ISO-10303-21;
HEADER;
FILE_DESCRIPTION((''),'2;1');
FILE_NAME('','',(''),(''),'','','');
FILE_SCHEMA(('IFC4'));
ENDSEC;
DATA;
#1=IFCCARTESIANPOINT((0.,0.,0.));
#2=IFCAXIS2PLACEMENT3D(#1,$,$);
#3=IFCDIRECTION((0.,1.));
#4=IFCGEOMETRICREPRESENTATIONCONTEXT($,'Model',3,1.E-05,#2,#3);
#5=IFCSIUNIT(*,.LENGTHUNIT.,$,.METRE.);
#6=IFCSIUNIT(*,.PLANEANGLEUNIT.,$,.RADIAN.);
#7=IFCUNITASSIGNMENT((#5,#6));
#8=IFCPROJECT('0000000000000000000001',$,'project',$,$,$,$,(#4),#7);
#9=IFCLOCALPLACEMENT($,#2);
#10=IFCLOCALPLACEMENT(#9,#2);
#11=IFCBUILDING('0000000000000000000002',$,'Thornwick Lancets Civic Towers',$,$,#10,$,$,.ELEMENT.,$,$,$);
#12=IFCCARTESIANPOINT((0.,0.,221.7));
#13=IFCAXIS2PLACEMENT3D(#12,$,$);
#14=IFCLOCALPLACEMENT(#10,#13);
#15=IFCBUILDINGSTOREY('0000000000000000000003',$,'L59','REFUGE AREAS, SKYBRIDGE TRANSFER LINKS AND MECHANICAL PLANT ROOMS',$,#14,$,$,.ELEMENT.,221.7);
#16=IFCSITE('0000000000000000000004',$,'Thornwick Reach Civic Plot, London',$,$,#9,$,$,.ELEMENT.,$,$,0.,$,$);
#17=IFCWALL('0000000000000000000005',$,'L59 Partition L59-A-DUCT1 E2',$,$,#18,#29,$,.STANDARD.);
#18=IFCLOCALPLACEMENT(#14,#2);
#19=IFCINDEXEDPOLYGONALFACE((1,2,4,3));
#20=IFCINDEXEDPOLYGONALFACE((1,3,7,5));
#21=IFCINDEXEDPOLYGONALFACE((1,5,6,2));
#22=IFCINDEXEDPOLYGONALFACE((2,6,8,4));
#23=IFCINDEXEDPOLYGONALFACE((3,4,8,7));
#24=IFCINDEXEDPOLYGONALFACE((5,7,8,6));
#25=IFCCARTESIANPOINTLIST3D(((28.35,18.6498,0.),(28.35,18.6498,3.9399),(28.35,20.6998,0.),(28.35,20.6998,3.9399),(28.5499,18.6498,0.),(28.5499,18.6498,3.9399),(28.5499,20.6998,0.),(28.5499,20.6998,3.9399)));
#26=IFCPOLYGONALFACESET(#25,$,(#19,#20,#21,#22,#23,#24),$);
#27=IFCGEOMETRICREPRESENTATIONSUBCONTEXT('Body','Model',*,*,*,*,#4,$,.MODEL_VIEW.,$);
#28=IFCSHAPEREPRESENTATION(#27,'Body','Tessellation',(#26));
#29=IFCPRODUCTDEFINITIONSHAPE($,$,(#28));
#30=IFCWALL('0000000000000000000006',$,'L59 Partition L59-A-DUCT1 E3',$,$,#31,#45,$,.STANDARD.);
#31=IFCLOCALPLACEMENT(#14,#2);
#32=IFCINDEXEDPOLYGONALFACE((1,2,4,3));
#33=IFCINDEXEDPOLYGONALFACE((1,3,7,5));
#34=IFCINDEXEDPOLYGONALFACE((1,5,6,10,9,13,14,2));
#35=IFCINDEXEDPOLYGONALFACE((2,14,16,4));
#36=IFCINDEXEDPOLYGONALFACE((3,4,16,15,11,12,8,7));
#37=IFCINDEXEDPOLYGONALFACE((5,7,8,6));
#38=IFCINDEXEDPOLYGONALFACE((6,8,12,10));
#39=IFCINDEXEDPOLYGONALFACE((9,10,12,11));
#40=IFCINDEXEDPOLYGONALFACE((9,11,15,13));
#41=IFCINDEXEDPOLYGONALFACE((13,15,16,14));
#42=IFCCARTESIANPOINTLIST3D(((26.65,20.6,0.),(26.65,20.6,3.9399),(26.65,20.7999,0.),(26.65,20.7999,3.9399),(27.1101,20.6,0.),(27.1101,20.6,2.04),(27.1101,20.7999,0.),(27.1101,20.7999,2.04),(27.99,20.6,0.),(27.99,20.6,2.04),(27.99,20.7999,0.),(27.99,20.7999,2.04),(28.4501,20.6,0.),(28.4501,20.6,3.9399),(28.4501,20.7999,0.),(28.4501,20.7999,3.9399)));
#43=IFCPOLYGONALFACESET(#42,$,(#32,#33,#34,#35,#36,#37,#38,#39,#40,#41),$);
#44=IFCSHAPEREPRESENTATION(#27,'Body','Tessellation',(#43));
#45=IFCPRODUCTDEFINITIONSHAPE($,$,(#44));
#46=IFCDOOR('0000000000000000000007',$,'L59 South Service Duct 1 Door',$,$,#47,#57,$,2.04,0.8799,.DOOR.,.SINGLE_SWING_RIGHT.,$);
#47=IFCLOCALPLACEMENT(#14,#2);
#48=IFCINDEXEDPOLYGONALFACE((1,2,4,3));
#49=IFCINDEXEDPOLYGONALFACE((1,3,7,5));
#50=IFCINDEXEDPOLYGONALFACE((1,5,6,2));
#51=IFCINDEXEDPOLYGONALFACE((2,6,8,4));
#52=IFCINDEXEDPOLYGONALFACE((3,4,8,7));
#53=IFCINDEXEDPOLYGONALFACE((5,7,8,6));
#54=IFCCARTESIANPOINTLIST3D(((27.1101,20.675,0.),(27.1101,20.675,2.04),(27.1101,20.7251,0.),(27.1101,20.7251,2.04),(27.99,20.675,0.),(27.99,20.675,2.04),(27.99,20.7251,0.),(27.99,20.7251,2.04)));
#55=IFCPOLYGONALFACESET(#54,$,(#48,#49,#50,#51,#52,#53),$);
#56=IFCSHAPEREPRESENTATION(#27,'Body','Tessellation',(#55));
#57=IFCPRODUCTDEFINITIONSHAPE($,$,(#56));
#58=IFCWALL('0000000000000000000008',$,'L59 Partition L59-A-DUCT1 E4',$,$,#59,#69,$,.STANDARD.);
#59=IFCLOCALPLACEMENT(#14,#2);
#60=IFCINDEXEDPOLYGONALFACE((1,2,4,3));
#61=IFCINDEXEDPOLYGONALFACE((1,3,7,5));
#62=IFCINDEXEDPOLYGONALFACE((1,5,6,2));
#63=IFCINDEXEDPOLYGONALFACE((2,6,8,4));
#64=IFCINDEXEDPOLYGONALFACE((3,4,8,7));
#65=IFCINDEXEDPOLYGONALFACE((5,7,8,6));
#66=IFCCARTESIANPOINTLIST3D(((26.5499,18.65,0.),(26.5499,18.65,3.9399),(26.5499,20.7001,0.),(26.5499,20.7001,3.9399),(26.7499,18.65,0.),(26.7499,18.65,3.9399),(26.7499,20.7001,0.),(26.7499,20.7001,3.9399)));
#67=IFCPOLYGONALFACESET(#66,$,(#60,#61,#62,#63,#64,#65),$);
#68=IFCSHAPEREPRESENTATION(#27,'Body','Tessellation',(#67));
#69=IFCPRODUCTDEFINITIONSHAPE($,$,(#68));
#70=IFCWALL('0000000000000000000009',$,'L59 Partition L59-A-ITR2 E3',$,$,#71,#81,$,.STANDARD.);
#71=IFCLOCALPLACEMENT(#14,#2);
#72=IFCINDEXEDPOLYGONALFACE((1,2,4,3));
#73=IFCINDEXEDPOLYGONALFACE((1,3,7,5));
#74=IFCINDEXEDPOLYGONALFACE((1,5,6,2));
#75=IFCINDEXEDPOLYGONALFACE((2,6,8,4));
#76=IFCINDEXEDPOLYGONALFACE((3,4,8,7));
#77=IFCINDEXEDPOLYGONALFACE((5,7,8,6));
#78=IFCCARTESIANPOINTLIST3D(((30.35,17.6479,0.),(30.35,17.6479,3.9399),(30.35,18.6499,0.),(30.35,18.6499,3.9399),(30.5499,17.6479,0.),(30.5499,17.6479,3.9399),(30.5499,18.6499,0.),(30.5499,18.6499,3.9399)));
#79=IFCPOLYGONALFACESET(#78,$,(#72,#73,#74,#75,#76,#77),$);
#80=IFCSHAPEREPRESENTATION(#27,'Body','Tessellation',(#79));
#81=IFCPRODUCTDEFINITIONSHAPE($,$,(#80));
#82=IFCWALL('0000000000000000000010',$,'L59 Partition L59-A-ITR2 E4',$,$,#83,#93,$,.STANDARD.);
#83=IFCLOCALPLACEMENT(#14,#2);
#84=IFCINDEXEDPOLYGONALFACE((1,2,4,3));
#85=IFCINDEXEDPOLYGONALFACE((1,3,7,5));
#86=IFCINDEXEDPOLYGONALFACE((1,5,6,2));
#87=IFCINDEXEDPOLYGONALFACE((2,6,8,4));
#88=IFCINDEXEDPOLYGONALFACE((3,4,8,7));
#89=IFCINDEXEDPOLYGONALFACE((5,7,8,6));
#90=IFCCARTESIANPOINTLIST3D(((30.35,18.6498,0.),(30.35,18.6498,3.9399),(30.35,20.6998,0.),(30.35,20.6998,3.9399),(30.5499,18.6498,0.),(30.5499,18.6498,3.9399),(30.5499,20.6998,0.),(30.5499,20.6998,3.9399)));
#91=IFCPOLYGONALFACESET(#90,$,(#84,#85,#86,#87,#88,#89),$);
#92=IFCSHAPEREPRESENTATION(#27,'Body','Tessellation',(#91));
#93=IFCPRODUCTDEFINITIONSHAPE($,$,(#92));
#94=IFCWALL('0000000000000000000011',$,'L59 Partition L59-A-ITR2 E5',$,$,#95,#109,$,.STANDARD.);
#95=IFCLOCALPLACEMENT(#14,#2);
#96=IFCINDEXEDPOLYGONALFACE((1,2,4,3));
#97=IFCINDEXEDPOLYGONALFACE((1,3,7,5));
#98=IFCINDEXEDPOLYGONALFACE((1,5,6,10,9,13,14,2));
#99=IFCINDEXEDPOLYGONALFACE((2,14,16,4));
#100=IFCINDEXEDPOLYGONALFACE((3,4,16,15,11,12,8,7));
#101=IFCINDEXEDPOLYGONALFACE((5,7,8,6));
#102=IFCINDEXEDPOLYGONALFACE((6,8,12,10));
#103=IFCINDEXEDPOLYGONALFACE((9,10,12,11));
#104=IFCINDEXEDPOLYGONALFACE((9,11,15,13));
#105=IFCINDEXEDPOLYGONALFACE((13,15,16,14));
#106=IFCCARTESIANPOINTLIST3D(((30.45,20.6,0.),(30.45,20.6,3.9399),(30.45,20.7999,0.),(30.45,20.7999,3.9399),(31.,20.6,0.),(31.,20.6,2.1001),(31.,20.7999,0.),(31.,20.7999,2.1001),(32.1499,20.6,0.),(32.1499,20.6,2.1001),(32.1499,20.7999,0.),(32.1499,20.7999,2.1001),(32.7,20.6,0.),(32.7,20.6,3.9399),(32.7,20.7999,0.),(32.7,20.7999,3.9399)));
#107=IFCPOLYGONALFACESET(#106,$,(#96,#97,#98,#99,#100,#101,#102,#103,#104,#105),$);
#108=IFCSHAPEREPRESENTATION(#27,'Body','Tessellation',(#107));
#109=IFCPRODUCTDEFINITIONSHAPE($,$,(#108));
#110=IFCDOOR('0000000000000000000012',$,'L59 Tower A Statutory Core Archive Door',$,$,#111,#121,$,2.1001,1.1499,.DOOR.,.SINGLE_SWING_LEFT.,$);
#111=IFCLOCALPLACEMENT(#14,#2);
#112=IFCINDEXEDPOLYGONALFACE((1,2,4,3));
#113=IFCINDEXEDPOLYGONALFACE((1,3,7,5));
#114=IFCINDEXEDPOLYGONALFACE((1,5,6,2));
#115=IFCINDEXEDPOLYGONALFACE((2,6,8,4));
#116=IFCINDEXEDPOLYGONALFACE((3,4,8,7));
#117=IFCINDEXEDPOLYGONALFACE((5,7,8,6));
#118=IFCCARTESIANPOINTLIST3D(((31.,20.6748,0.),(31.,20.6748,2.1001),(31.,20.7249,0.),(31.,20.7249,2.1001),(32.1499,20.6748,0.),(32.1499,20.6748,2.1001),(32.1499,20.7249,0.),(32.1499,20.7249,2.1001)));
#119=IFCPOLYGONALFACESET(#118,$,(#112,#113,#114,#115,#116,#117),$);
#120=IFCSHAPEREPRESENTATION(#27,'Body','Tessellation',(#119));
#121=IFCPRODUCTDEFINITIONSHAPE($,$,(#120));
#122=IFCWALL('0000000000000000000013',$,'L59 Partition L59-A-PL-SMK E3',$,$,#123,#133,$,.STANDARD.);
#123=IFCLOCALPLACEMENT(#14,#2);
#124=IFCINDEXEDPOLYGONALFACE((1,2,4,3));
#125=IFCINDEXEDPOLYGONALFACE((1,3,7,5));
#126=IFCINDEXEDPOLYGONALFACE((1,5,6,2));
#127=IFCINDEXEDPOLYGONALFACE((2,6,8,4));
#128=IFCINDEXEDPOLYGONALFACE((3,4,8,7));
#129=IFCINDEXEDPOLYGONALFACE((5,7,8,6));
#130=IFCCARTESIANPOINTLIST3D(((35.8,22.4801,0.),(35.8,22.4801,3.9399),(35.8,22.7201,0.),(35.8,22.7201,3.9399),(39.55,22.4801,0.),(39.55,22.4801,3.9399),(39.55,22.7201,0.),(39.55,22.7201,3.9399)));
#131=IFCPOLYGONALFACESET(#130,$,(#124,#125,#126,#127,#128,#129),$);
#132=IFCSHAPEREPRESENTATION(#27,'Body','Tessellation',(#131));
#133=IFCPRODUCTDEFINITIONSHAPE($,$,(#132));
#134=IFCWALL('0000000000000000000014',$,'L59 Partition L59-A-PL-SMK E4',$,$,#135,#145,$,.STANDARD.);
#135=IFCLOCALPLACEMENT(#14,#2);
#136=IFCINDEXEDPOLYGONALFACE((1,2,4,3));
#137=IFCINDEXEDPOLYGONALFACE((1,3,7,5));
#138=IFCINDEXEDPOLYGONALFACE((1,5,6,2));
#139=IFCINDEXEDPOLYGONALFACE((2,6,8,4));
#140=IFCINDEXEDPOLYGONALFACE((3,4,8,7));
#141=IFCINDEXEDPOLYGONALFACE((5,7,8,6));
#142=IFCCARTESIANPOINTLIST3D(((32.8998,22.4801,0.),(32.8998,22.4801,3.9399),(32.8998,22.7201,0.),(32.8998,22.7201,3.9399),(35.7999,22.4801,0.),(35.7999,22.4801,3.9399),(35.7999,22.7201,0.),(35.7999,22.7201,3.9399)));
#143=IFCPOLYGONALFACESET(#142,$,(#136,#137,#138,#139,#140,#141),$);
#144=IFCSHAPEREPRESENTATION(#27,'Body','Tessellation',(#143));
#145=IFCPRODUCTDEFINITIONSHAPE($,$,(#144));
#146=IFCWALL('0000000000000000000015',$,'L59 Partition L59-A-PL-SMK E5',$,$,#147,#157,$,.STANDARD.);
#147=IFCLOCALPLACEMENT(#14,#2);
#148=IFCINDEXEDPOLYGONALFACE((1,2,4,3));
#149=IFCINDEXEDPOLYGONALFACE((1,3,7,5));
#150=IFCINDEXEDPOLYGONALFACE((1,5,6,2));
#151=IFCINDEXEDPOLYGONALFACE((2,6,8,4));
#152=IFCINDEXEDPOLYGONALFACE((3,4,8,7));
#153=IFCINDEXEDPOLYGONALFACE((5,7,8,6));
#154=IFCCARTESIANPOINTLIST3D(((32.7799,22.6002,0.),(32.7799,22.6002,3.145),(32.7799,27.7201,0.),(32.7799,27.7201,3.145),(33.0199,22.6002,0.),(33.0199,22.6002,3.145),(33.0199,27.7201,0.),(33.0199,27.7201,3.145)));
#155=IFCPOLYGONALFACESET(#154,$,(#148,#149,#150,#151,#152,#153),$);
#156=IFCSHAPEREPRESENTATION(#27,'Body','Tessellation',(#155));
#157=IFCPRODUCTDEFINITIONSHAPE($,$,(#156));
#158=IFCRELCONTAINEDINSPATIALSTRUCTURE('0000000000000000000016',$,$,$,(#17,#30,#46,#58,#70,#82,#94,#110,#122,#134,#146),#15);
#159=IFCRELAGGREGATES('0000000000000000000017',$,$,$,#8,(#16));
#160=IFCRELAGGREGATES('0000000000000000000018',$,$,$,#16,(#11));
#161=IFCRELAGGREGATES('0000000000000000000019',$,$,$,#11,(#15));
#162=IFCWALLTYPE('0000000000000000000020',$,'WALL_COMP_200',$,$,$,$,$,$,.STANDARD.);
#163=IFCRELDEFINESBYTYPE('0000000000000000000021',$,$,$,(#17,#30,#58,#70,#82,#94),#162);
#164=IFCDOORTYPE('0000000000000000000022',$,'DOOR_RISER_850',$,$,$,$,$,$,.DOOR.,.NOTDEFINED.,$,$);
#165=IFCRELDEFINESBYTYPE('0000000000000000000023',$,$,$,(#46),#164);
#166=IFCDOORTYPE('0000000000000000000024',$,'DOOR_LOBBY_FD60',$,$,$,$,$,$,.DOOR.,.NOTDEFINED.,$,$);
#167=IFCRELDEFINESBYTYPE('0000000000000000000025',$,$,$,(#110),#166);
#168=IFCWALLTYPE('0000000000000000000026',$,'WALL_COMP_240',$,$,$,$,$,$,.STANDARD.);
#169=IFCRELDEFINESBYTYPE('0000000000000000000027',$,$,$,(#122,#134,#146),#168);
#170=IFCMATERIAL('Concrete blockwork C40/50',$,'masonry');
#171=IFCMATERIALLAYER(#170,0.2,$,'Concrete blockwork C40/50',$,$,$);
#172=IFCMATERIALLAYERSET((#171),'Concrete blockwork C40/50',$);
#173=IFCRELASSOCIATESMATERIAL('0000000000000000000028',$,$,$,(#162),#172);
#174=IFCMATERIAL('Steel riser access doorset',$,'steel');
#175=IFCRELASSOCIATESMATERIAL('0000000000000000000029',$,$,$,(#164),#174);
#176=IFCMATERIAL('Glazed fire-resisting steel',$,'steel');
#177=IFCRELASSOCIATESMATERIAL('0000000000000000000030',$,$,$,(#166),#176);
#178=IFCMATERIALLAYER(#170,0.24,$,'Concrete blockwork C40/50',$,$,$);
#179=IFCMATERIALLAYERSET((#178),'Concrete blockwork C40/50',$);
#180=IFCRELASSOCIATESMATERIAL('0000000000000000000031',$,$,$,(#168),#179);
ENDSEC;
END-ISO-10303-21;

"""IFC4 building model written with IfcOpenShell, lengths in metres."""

from ifc_helpers import new_model, si_unit, direction, frame, frame_2d, origin, place, context, subcontext, project, spatial, rectangle, extrude, material, layer, layer_set, type_object, element, fill, save


model = new_model("IFC4")

# Units and contexts
model_context = context("Model", 3, precision=1e-05, world=origin(), true_north=direction((0.0, 1.0)))
body_context = subcontext(model_context, "Body", "Model", "MODEL_VIEW")
ifc_project = project(units=[si_unit("LENGTHUNIT", "METRE"), si_unit("PLANEANGLEUNIT", "RADIAN")], contexts=[model_context])

# Site, building, storey
site_placement = place(None, origin())
site = spatial("IfcSite", under=ifc_project, at=site_placement, Name="Thornwick Reach Civic Plot, London", CompositionType="ELEMENT", RefElevation=0.0)
building_placement = place(site_placement, origin())
building = spatial("IfcBuilding", under=site, at=building_placement, Name="Thornwick Lancets Civic Towers", CompositionType="ELEMENT")
storey_placement = place(building_placement, frame((0.0, 0.0, 221.7)))
storey = spatial("IfcBuildingStorey", under=building, at=storey_placement, Name="L59", Description="REFUGE AREAS, SKYBRIDGE TRANSFER LINKS AND MECHANICAL PLANT ROOMS", CompositionType="ELEMENT", Elevation=221.7)

# Wall
ifc_material_1 = material(Name="Concrete blockwork C40/50", Category="masonry")
ifc_layer_1 = layer(ifc_material_1, 0.2, Name="Concrete blockwork C40/50")
ifc_layer_set_1 = layer_set([ifc_layer_1], Name="Concrete blockwork C40/50")
wall_type_1 = type_object("IfcWallType", Name="WALL_COMP_200", PredefinedType="STANDARD", material=ifc_layer_set_1)
wall_1_placement = place(storey_placement, frame((28.45, 18.6499, 0.0), z_axis=(0.0, 0.0, 1.0), x_axis=(0.0, 1.0, 0.0)))
element("IfcWall", 1, at=wall_1_placement, inside=storey, type_object=wall_type_1, Name="L59 Partition L59-A-DUCT1 E2", PredefinedType="STANDARD", context=body_context, shape_type="SweptSolid", body=[
    extrude(rectangle(XDim=2.05, YDim=0.2, at=frame_2d((1.0249, 0.0))), origin(), (0.0, 0.0, 1.0), 3.9399),
])

# Wall, opening, door
wall_2_placement = place(storey_placement, frame((28.45, 20.7, 0.0), z_axis=(0.0, 0.0, 1.0), x_axis=(-1.0, 0.0, 0.0)))
wall_2 = element("IfcWall", 2, at=wall_2_placement, inside=storey, type_object=wall_type_1, Name="L59 Partition L59-A-DUCT1 E3", PredefinedType="STANDARD", context=body_context, shape_type="SweptSolid", body=[
    extrude(rectangle(XDim=1.8, YDim=0.2, at=frame_2d((0.8999, 0.0))), origin(), (0.0, 0.0, 1.0), 3.9399),
])
opening_1_placement = place(wall_2_placement, frame((0.46, 0.0, 0.0)))
opening_1 = element("IfcOpeningElement", 3, at=opening_1_placement, cuts=wall_2, PredefinedType="OPENING", context=body_context, shape_type="SweptSolid", body=[
    extrude(rectangle(XDim=0.8799, YDim=2.04, at=frame_2d((0.4399, 1.02))), frame((0.0, 0.1099, 0.0), z_axis=(0.0, -1.0, 0.0), x_axis=(1.0, 0.0, 0.0)), (0.0, 0.0, 1.0), 0.22),
])
ifc_material_2 = material(Name="Steel riser access doorset", Category="steel")
door_type_1 = type_object("IfcDoorType", Name="DOOR_RISER_850", OperationType="NOTDEFINED", PredefinedType="DOOR", material=ifc_material_2)
door_1_placement = place(opening_1_placement, origin())
door_1 = element("IfcDoor", 4, at=door_1_placement, inside=storey, type_object=door_type_1, Name="L59 South Service Duct 1 Door", OperationType="SINGLE_SWING_RIGHT", OverallHeight=2.04, OverallWidth=0.8799, PredefinedType="DOOR", context=body_context, shape_type="SweptSolid", body=[
    extrude(rectangle(XDim=0.8799, YDim=2.04, at=frame_2d((0.4399, 1.02))), frame((0.0, 0.0249, 0.0), z_axis=(0.0, -1.0, 0.0), x_axis=(1.0, 0.0, 0.0)), (0.0, 0.0, 1.0), 0.05),
])
fill(opening_1, door_1)

# Walls
wall_3_placement = place(storey_placement, frame((26.6499, 20.7, 0.0), z_axis=(0.0, 0.0, 1.0), x_axis=(0.0, -1.0, 0.0)))
element("IfcWall", 5, at=wall_3_placement, inside=storey, type_object=wall_type_1, Name="L59 Partition L59-A-DUCT1 E4", PredefinedType="STANDARD", context=body_context, shape_type="SweptSolid", body=[
    extrude(rectangle(XDim=2.05, YDim=0.2, at=frame_2d((1.0249, 0.0))), origin(), (0.0, 0.0, 1.0), 3.9399),
])
wall_4_placement = place(storey_placement, frame((30.45, 17.6479, 0.0), z_axis=(0.0, 0.0, 1.0), x_axis=(0.0, 1.0, 0.0)))
element("IfcWall", 6, at=wall_4_placement, inside=storey, type_object=wall_type_1, Name="L59 Partition L59-A-ITR2 E3", PredefinedType="STANDARD", context=body_context, shape_type="SweptSolid", body=[
    extrude(rectangle(XDim=1.002, YDim=0.2, at=frame_2d((0.501, 0.0))), origin(), (0.0, 0.0, 1.0), 3.9399),
])
wall_5_placement = place(storey_placement, frame((30.45, 18.6499, 0.0), z_axis=(0.0, 0.0, 1.0), x_axis=(0.0, 1.0, 0.0)))
element("IfcWall", 7, at=wall_5_placement, inside=storey, type_object=wall_type_1, Name="L59 Partition L59-A-ITR2 E4", PredefinedType="STANDARD", context=body_context, shape_type="SweptSolid", body=[
    extrude(rectangle(XDim=2.05, YDim=0.2, at=frame_2d((1.0249, 0.0))), origin(), (0.0, 0.0, 1.0), 3.9399),
])

# Wall, opening, door
wall_6_placement = place(storey_placement, frame((30.45, 20.7, 0.0), z_axis=(0.0, 0.0, 1.0), x_axis=(1.0, 0.0, 0.0)))
wall_6 = element("IfcWall", 8, at=wall_6_placement, inside=storey, type_object=wall_type_1, Name="L59 Partition L59-A-ITR2 E5", PredefinedType="STANDARD", context=body_context, shape_type="SweptSolid", body=[
    extrude(rectangle(XDim=2.25, YDim=0.2, at=frame_2d((1.125, 0.0))), origin(), (0.0, 0.0, 1.0), 3.9399),
])
opening_2_placement = place(wall_6_placement, frame((0.55, 0.0, 0.0)))
opening_2 = element("IfcOpeningElement", 9, at=opening_2_placement, cuts=wall_6, PredefinedType="OPENING", context=body_context, shape_type="SweptSolid", body=[
    extrude(rectangle(XDim=1.1499, YDim=2.1001, at=frame_2d((0.575, 1.05))), frame((0.0, 0.1099, 0.0), z_axis=(0.0, -1.0, 0.0), x_axis=(1.0, 0.0, 0.0)), (0.0, 0.0, 1.0), 0.22),
])
ifc_material_3 = material(Name="Glazed fire-resisting steel", Category="steel")
door_type_2 = type_object("IfcDoorType", Name="DOOR_LOBBY_FD60", OperationType="NOTDEFINED", PredefinedType="DOOR", material=ifc_material_3)
door_2_placement = place(opening_2_placement, origin())
door_2 = element("IfcDoor", 10, at=door_2_placement, inside=storey, type_object=door_type_2, Name="L59 Tower A Statutory Core Archive Door", OperationType="SINGLE_SWING_LEFT", OverallHeight=2.1001, OverallWidth=1.1499, PredefinedType="DOOR", context=body_context, shape_type="SweptSolid", body=[
    extrude(rectangle(XDim=1.1499, YDim=2.1001, at=frame_2d((0.575, 1.05))), frame((0.0, 0.0249, 0.0), z_axis=(0.0, -1.0, 0.0), x_axis=(1.0, 0.0, 0.0)), (0.0, 0.0, 1.0), 0.05),
])
fill(opening_2, door_2)

# Walls
ifc_layer_2 = layer(ifc_material_1, 0.24, Name="Concrete blockwork C40/50")
ifc_layer_set_2 = layer_set([ifc_layer_2], Name="Concrete blockwork C40/50")
wall_type_2 = type_object("IfcWallType", Name="WALL_COMP_240", PredefinedType="STANDARD", material=ifc_layer_set_2)
wall_7_placement = place(storey_placement, frame((39.55, 22.6001, 0.0), z_axis=(0.0, 0.0, 1.0), x_axis=(-1.0, 0.0, 0.0)))
element("IfcWall", 11, at=wall_7_placement, inside=storey, type_object=wall_type_2, Name="L59 Partition L59-A-PL-SMK E3", PredefinedType="STANDARD", context=body_context, shape_type="SweptSolid", body=[
    extrude(rectangle(XDim=3.75, YDim=0.24, at=frame_2d((1.875, 0.0))), origin(), (0.0, 0.0, 1.0), 3.9399),
])
wall_8_placement = place(storey_placement, frame((35.8, 22.6001, 0.0), z_axis=(0.0, 0.0, 1.0), x_axis=(-1.0, 0.0, 0.0)))
element("IfcWall", 12, at=wall_8_placement, inside=storey, type_object=wall_type_2, Name="L59 Partition L59-A-PL-SMK E4", PredefinedType="STANDARD", context=body_context, shape_type="SweptSolid", body=[
    extrude(rectangle(XDim=2.9001, YDim=0.24, at=frame_2d((1.4502, 0.0))), origin(), (0.0, 0.0, 1.0), 3.9399),
])
wall_9_placement = place(storey_placement, frame((32.8999, 22.6001, 0.0), z_axis=(0.0, 0.0, 1.0), x_axis=(0.0, 1.0, 0.0)))
element("IfcWall", 13, at=wall_9_placement, inside=storey, type_object=wall_type_2, Name="L59 Partition L59-A-PL-SMK E5", PredefinedType="STANDARD", context=body_context, shape_type="SweptSolid", body=[
    extrude(rectangle(XDim=5.1199, YDim=0.24, at=frame_2d((2.5601, 0.0))), origin(), (0.0, 0.0, 1.0), 3.145),
])

save(model, "model.ifc")
